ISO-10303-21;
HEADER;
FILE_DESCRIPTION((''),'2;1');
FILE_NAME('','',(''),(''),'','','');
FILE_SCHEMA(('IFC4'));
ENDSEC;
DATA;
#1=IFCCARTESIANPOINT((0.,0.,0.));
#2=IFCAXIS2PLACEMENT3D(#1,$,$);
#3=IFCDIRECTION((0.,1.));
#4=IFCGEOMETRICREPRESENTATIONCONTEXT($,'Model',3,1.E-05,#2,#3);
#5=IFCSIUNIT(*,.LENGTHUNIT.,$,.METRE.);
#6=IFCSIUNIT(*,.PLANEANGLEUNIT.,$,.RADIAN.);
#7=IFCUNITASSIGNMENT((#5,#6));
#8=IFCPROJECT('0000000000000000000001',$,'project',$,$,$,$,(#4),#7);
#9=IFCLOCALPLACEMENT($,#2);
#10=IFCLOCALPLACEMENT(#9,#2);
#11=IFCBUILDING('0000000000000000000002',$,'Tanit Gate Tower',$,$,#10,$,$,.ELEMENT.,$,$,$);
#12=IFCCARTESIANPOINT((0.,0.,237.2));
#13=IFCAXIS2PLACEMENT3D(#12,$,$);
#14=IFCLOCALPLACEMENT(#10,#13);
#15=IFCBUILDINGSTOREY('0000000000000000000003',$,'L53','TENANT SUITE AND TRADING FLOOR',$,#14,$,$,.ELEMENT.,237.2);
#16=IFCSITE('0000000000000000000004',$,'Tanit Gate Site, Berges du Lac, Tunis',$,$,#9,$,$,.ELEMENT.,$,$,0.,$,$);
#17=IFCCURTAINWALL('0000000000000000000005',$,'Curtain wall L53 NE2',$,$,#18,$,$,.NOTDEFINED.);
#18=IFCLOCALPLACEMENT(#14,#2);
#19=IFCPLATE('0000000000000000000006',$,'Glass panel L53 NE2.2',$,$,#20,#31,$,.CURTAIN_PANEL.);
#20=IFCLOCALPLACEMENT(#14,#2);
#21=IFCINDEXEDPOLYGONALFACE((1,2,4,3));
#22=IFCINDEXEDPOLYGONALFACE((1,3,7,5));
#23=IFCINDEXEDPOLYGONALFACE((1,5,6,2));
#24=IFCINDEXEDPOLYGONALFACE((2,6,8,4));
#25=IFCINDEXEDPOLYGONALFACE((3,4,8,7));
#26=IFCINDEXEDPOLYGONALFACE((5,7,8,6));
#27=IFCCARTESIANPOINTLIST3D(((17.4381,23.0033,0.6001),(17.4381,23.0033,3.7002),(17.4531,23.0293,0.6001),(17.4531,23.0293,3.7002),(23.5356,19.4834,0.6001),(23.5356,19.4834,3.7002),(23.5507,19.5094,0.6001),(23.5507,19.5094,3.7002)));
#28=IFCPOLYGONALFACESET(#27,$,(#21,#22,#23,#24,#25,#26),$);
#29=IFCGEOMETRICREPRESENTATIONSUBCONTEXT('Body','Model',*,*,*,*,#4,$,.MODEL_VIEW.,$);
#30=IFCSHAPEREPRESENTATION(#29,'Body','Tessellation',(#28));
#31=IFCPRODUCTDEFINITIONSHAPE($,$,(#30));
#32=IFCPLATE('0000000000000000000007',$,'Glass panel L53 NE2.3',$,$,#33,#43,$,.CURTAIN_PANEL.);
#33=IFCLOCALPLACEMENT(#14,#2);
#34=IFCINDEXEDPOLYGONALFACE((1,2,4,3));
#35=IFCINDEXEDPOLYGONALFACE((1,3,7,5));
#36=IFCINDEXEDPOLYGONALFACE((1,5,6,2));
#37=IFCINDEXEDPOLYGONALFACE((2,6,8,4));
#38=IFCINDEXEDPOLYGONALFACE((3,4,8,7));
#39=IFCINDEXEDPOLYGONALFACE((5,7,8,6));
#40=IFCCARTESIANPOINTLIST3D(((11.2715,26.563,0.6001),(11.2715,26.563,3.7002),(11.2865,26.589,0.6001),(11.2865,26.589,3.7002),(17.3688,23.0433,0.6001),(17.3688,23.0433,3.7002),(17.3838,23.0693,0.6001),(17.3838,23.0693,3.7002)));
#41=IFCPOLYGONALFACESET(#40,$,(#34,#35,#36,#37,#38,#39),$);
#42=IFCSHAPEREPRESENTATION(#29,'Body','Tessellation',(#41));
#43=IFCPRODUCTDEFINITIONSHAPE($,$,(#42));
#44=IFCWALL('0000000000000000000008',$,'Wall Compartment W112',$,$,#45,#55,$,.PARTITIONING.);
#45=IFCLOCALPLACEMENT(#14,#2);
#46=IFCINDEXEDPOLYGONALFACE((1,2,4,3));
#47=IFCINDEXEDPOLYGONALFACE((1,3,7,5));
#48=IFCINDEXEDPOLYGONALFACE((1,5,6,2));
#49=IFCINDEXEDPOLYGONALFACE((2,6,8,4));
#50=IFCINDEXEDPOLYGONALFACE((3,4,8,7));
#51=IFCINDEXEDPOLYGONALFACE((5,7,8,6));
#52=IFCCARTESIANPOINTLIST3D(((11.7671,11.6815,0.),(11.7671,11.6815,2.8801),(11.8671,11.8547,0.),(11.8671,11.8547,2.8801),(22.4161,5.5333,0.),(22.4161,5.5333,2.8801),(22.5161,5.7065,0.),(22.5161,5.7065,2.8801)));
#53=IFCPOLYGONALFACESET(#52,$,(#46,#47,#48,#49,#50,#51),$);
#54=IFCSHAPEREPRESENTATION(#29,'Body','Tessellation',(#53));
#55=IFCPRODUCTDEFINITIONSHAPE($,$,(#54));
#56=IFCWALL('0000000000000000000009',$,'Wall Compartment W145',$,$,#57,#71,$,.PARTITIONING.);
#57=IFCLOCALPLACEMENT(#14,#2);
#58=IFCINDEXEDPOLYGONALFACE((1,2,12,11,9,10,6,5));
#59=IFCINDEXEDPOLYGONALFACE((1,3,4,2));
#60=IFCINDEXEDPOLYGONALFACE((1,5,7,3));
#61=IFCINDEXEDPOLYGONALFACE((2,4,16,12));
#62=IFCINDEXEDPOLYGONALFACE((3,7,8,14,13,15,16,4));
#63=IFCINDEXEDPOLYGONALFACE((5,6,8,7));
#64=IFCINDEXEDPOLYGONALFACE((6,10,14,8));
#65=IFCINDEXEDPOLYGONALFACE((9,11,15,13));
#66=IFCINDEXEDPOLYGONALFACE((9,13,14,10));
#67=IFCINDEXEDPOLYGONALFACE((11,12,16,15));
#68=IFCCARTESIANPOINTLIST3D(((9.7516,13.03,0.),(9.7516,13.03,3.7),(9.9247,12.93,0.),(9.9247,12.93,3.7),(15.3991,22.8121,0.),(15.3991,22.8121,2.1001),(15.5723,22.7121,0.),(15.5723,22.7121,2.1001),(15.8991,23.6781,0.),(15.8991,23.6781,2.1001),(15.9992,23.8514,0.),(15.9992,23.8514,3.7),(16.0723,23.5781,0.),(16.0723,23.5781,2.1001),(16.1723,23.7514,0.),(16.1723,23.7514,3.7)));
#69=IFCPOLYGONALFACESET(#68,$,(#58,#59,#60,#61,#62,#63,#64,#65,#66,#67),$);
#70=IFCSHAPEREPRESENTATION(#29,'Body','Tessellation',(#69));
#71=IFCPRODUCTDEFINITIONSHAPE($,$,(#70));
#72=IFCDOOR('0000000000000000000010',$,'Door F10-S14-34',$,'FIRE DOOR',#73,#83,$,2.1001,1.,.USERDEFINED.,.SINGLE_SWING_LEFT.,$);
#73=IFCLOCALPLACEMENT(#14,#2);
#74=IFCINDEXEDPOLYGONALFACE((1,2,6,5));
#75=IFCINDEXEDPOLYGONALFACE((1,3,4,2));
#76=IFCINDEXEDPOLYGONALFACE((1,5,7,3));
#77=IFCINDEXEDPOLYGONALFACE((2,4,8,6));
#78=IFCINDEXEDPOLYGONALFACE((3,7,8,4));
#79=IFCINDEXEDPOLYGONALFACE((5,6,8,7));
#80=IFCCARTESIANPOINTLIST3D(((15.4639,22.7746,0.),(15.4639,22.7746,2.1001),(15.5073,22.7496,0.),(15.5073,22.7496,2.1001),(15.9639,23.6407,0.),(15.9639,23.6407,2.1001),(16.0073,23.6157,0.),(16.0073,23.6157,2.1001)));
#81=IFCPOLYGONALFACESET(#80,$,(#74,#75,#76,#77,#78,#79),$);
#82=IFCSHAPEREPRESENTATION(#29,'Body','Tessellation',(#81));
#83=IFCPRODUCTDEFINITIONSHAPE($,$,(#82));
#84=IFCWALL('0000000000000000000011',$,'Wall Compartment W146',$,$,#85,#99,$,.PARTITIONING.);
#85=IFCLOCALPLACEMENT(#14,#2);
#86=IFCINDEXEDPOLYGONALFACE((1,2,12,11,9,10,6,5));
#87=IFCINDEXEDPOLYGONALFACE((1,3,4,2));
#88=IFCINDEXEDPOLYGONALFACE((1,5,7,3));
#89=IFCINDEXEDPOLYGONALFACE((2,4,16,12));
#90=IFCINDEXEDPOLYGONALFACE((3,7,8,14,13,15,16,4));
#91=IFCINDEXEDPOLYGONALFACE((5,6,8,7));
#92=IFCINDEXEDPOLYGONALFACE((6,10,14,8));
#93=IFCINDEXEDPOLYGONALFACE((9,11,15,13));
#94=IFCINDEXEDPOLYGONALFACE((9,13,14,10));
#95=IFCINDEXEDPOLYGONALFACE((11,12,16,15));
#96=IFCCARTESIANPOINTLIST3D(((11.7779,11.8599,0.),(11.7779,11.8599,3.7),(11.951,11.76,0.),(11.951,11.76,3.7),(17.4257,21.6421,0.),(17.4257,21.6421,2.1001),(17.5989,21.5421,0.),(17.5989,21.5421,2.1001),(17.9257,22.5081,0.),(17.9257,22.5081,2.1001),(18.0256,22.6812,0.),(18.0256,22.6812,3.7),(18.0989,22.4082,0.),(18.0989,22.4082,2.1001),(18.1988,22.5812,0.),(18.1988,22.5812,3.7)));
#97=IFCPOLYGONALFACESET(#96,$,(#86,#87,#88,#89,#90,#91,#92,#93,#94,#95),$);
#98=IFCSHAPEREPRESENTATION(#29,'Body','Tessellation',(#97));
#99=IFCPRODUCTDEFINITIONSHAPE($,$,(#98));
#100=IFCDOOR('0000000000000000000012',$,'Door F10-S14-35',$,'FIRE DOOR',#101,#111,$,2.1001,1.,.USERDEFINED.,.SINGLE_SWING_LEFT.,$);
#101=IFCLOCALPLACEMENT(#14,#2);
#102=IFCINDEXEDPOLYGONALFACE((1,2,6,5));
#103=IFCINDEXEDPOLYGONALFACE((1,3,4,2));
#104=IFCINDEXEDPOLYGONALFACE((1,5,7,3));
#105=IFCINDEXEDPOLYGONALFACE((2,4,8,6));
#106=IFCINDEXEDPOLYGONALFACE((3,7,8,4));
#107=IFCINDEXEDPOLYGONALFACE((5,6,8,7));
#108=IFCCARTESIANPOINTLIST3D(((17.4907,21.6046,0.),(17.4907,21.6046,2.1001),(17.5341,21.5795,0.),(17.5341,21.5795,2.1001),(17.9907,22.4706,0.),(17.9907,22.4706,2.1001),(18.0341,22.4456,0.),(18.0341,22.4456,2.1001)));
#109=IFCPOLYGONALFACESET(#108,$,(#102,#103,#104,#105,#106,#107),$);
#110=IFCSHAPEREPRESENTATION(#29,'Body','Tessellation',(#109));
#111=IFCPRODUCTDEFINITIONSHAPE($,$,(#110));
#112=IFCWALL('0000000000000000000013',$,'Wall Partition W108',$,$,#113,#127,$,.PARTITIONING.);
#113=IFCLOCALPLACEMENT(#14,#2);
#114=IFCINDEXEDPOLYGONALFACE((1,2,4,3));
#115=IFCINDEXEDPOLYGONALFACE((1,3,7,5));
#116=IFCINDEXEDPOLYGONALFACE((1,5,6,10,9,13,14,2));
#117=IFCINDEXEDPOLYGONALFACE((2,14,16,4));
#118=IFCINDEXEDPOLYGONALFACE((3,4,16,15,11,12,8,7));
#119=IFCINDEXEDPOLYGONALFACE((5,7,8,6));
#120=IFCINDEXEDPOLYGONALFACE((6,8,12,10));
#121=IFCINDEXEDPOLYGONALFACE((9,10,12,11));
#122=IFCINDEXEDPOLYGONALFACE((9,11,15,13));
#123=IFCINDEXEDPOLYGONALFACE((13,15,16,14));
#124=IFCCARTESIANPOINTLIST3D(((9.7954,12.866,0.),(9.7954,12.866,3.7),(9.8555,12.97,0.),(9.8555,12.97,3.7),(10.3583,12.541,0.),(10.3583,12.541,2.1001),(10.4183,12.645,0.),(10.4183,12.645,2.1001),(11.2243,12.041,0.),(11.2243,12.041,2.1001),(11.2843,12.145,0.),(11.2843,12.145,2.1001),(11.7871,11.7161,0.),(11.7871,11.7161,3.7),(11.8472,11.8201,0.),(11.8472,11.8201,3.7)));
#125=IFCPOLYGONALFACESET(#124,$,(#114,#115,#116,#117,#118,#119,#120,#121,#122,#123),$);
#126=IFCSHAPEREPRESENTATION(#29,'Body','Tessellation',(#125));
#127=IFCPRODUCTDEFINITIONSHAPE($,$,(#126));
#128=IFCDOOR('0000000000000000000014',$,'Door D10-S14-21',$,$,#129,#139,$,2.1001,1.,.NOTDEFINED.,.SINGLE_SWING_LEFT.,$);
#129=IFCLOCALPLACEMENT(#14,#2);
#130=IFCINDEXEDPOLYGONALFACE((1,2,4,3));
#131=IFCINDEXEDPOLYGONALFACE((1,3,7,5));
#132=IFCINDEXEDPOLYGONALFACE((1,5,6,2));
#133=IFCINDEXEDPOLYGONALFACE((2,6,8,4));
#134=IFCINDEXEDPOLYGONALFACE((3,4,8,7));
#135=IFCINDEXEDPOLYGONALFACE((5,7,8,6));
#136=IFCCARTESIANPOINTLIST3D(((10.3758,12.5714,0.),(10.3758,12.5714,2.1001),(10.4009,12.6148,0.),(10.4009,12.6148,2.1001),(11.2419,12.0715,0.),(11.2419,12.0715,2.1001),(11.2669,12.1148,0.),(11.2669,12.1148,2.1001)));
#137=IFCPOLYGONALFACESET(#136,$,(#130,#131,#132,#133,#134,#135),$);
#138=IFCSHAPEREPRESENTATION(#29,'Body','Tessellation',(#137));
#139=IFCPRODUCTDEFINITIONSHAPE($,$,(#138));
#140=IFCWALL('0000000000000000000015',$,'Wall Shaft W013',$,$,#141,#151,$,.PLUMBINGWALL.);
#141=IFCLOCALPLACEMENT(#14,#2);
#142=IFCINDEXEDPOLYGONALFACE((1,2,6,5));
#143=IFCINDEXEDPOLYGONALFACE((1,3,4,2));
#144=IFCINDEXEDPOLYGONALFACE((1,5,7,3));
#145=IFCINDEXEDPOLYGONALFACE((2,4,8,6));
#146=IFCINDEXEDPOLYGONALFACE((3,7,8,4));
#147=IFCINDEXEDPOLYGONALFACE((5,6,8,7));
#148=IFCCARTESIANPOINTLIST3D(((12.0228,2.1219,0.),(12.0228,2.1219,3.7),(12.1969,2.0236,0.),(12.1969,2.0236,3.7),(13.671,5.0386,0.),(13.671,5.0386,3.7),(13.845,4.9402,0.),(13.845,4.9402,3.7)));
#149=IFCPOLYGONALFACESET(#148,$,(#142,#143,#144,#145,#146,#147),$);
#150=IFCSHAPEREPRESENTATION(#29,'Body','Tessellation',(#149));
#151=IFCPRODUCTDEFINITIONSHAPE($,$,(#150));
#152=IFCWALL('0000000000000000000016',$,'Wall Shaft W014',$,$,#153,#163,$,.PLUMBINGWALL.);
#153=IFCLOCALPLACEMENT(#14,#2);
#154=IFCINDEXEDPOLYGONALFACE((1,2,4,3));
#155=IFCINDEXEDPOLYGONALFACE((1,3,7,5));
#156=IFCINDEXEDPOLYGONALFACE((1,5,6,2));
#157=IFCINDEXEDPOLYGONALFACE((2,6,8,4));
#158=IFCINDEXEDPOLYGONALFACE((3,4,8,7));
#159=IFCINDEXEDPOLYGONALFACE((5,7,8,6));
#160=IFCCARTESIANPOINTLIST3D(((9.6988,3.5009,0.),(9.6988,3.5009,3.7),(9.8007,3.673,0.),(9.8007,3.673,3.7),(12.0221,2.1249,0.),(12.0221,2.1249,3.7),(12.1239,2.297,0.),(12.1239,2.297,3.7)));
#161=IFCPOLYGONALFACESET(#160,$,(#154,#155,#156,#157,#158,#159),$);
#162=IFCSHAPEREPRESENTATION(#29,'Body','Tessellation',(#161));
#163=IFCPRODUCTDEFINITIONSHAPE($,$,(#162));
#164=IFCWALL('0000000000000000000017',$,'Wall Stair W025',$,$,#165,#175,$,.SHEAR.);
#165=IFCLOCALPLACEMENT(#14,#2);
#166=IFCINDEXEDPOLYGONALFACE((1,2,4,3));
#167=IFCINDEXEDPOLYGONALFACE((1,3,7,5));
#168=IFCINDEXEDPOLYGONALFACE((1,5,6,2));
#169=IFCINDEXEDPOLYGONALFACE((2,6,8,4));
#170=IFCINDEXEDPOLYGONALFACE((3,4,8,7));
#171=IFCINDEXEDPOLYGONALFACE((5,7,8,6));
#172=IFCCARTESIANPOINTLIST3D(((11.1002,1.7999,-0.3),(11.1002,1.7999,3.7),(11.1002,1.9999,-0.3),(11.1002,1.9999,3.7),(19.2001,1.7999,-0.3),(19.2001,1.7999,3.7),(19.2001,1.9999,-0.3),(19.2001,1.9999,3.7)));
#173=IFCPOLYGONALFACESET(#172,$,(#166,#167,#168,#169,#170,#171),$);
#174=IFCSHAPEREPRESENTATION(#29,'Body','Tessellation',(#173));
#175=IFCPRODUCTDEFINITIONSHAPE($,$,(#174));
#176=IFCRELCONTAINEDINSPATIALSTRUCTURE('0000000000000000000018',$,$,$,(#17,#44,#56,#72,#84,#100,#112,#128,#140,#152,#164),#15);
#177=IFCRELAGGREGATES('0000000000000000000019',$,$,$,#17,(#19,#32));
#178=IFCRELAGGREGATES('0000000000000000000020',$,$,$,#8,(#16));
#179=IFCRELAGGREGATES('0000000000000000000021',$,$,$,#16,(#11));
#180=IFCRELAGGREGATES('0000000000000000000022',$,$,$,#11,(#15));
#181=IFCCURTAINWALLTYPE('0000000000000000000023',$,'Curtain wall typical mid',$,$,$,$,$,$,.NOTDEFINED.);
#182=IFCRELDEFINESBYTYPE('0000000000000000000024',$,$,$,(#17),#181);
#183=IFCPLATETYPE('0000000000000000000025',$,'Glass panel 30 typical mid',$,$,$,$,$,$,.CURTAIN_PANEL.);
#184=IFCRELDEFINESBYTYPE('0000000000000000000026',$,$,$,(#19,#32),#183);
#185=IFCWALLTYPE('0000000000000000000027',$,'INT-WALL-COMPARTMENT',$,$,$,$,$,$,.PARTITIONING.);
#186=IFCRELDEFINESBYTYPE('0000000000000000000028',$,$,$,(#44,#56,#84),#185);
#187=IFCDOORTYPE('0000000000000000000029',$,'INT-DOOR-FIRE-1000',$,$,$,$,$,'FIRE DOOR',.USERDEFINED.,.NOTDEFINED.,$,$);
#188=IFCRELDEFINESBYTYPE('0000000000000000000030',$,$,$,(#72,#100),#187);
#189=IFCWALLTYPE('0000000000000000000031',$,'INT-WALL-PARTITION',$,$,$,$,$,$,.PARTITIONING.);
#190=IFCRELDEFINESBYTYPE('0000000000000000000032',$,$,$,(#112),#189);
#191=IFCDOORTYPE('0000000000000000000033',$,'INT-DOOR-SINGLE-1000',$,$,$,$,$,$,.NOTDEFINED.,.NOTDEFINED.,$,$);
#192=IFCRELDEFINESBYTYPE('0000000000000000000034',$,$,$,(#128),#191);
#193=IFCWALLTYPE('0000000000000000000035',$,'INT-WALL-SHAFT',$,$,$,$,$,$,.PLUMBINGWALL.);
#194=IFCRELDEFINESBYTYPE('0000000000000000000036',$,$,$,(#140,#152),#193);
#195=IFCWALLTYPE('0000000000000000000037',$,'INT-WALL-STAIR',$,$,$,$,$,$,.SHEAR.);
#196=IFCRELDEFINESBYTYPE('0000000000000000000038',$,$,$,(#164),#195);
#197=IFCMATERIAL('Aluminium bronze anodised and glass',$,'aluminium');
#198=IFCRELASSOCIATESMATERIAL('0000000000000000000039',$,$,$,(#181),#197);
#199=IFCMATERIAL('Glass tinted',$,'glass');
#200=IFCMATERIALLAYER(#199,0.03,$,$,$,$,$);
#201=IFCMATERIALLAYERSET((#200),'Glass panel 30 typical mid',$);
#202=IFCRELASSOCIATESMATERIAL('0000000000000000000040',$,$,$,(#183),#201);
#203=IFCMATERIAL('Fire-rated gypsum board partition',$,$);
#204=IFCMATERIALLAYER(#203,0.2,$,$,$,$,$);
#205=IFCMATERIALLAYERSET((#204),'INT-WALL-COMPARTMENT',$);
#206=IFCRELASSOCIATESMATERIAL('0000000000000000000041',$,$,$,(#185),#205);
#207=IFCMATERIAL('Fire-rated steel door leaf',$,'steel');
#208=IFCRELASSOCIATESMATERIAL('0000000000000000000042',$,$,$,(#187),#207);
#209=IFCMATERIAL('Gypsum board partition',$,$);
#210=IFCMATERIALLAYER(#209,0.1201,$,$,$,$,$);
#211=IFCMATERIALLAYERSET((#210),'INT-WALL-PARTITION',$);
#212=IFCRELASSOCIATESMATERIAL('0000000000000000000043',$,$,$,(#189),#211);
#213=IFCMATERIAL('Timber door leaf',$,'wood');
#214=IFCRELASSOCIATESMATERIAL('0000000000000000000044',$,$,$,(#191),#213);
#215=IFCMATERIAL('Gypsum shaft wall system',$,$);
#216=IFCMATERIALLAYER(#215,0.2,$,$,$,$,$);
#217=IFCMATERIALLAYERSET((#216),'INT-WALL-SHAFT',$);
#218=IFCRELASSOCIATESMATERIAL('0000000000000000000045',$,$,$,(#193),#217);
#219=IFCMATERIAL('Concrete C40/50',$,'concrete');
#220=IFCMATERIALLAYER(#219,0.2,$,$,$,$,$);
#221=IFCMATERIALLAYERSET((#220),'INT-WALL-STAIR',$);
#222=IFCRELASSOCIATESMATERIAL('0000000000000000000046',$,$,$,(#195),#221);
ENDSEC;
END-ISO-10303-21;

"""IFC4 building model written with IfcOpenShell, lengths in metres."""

from ifc_helpers import new_model, si_unit, direction, frame, frame_2d, origin, origin_2d, place, context, subcontext, project, spatial, rectangle, extrude, material, layer, layer_set, type_object, element, fill, aggregate, save


model = new_model("IFC4")

# Units and contexts
model_context = context("Model", 3, precision=1e-05, world=origin(), true_north=direction((0.0, 1.0)))
body_context = subcontext(model_context, "Body", "Model", "MODEL_VIEW")
ifc_project = project(units=[si_unit("LENGTHUNIT", "METRE"), si_unit("PLANEANGLEUNIT", "RADIAN")], contexts=[model_context])

# Site, building, storey
site_placement = place(None, origin())
site = spatial("IfcSite", under=ifc_project, at=site_placement, Name="Tanit Gate Site, Berges du Lac, Tunis", CompositionType="ELEMENT", RefElevation=0.0)
building_placement = place(site_placement, origin())
building = spatial("IfcBuilding", under=site, at=building_placement, Name="Tanit Gate Tower", CompositionType="ELEMENT")
storey_placement = place(building_placement, frame((0.0, 0.0, 237.2)))
storey = spatial("IfcBuildingStorey", under=building, at=storey_placement, Name="L53", Description="TENANT SUITE AND TRADING FLOOR", CompositionType="ELEMENT", Elevation=237.2)

# Curtain wall
ifc_material_1 = material(Name="Aluminium bronze anodised and glass", Category="aluminium")
curtain_wall_type = type_object("IfcCurtainWallType", Name="Curtain wall typical mid", PredefinedType="NOTDEFINED", material=ifc_material_1)
curtain_wall_placement = place(storey_placement, origin())
curtain_wall = element("IfcCurtainWall", 1, at=curtain_wall_placement, inside=storey, type_object=curtain_wall_type, Name="Curtain wall L53 NE2", PredefinedType="NOTDEFINED")

# Plates
ifc_material_2 = material(Name="Glass tinted", Category="glass")
ifc_layer_1 = layer(ifc_material_2, 0.03)
ifc_layer_set_1 = layer_set([ifc_layer_1], Name="Glass panel 30 typical mid")
plate_type = type_object("IfcPlateType", Name="Glass panel 30 typical mid", PredefinedType="CURTAIN_PANEL", material=ifc_layer_set_1)
plate_1_placement = place(storey_placement, frame((20.4944, 21.2563, 0.6001), z_axis=(0.0, 0.0, 1.0), x_axis=(-0.86606, 0.49994, 0.0)))
plate_1 = element("IfcPlate", 2, at=plate_1_placement, type_object=plate_type, Name="Glass panel L53 NE2.2", PredefinedType="CURTAIN_PANEL", context=body_context, shape_type="SweptSolid", body=[
    extrude(rectangle(XDim=7.0405, YDim=0.03, at=origin_2d()), origin(), (0.0, 0.0, 1.0), 3.1001),
])
plate_2_placement = place(storey_placement, frame((14.3276, 24.8162, 0.6001), z_axis=(0.0, 0.0, 1.0), x_axis=(-0.86606, 0.49994, 0.0)))
plate_2 = element("IfcPlate", 3, at=plate_2_placement, type_object=plate_type, Name="Glass panel L53 NE2.3", PredefinedType="CURTAIN_PANEL", context=body_context, shape_type="SweptSolid", body=[
    extrude(rectangle(XDim=7.0403, YDim=0.03, at=origin_2d()), origin(), (0.0, 0.0, 1.0), 3.1001),
])
aggregate(curtain_wall, [plate_1, plate_2])

# Wall
ifc_material_3 = material(Name="Fire-rated gypsum board partition")
ifc_layer_2 = layer(ifc_material_3, 0.2)
ifc_layer_set_2 = layer_set([ifc_layer_2], Name="INT-WALL-COMPARTMENT")
wall_type_1 = type_object("IfcWallType", Name="INT-WALL-COMPARTMENT", PredefinedType="PARTITIONING", material=ifc_layer_set_2)
wall_1_placement = place(storey_placement, frame((22.4661, 5.6199, 0.0), z_axis=(0.0, 0.0, 1.0), x_axis=(-0.866024, 0.500002, 0.0)))
element("IfcWall", 4, at=wall_1_placement, inside=storey, type_object=wall_type_1, Name="Wall Compartment W112", PredefinedType="PARTITIONING", context=body_context, shape_type="SweptSolid", body=[
    extrude(rectangle(XDim=12.2964, YDim=0.2, at=frame_2d((6.1482, 0.0))), origin(), (0.0, 0.0, 1.0), 2.8801),
])

# Walls, openings, doors
wall_2_placement = place(storey_placement, frame((16.0857, 23.8013, 0.0), z_axis=(0.0, 0.0, 1.0), x_axis=(-0.499993, -0.866029, 0.0)))
wall_2 = element("IfcWall", 5, at=wall_2_placement, inside=storey, type_object=wall_type_1, Name="Wall Compartment W145", PredefinedType="PARTITIONING", context=body_context, shape_type="SweptSolid", body=[
    extrude(rectangle(XDim=12.4954, YDim=0.2, at=frame_2d((6.2476, 0.0))), origin(), (0.0, 0.0, 1.0), 3.7),
])
opening_1_placement = place(wall_2_placement, frame((0.2, 0.0, 0.0)))
opening_1 = element("IfcOpeningElement", 6, at=opening_1_placement, cuts=wall_2, PredefinedType="OPENING", context=body_context, shape_type="SweptSolid", body=[
    extrude(rectangle(XDim=1.0, YDim=2.1001, at=frame_2d((0.5, 1.05))), frame((0.0, 0.1099, 0.0), z_axis=(0.0, -1.0, 0.0), x_axis=(1.0, 0.0, 0.0)), (0.0, 0.0, 1.0), 0.22),
])
ifc_material_4 = material(Name="Fire-rated steel door leaf", Category="steel")
door_type_1 = type_object("IfcDoorType", Name="INT-DOOR-FIRE-1000", ElementType="FIRE DOOR", OperationType="NOTDEFINED", PredefinedType="USERDEFINED", material=ifc_material_4)
door_1_placement = place(opening_1_placement, origin())
door_1 = element("IfcDoor", 7, at=door_1_placement, inside=storey, type_object=door_type_1, Name="Door F10-S14-34", ObjectType="FIRE DOOR", OperationType="SINGLE_SWING_LEFT", OverallHeight=2.1001, OverallWidth=1.0, PredefinedType="USERDEFINED", context=body_context, shape_type="SweptSolid", body=[
    extrude(rectangle(XDim=1.0, YDim=2.1001, at=frame_2d((0.5, 1.05))), frame((0.0, 0.0249, 0.0), z_axis=(0.0, -1.0, 0.0), x_axis=(1.0, 0.0, 0.0)), (0.0, 0.0, 1.0), 0.05),
])
fill(opening_1, door_1)
wall_3_placement = place(storey_placement, frame((11.8645, 11.8101, 0.0), z_axis=(0.0, 0.0, 1.0), x_axis=(0.500008, 0.866021, 0.0)))
wall_3 = element("IfcWall", 8, at=wall_3_placement, inside=storey, type_object=wall_type_1, Name="Wall Compartment W146", PredefinedType="PARTITIONING", context=body_context, shape_type="SweptSolid", body=[
    extrude(rectangle(XDim=12.4954, YDim=0.2, at=frame_2d((6.2476, 0.0))), origin(), (0.0, 0.0, 1.0), 3.7),
])
opening_2_placement = place(wall_3_placement, frame((11.2954, 0.0, 0.0)))
opening_2 = element("IfcOpeningElement", 9, at=opening_2_placement, cuts=wall_3, PredefinedType="OPENING", context=body_context, shape_type="SweptSolid", body=[
    extrude(rectangle(XDim=1.0, YDim=2.1001, at=frame_2d((0.5, 1.05))), frame((0.0, 0.1099, 0.0), z_axis=(0.0, -1.0, 0.0), x_axis=(1.0, 0.0, 0.0)), (0.0, 0.0, 1.0), 0.22),
])
door_2_placement = place(opening_2_placement, origin())
door_2 = element("IfcDoor", 10, at=door_2_placement, inside=storey, type_object=door_type_1, Name="Door F10-S14-35", ObjectType="FIRE DOOR", OperationType="SINGLE_SWING_LEFT", OverallHeight=2.1001, OverallWidth=1.0, PredefinedType="USERDEFINED", context=body_context, shape_type="SweptSolid", body=[
    extrude(rectangle(XDim=1.0, YDim=2.1001, at=frame_2d((0.5, 1.05))), frame((0.0, 0.0249, 0.0), z_axis=(0.0, -1.0, 0.0), x_axis=(1.0, 0.0, 0.0)), (0.0, 0.0, 1.0), 0.05),
])
fill(opening_2, door_2)
ifc_material_5 = material(Name="Gypsum board partition")
ifc_layer_3 = layer(ifc_material_5, 0.1201)
ifc_layer_set_3 = layer_set([ifc_layer_3], Name="INT-WALL-PARTITION")
wall_type_2 = type_object("IfcWallType", Name="INT-WALL-PARTITION", PredefinedType="PARTITIONING", material=ifc_layer_set_3)
wall_4_placement = place(storey_placement, frame((11.8171, 11.7681, 0.0), z_axis=(0.0, 0.0, 1.0), x_axis=(-0.866026, 0.499998, 0.0)))
wall_4 = element("IfcWall", 11, at=wall_4_placement, inside=storey, type_object=wall_type_2, Name="Wall Partition W108", PredefinedType="PARTITIONING", context=body_context, shape_type="SweptSolid", body=[
    extrude(rectangle(XDim=2.2998, YDim=0.1201, at=frame_2d((1.1499, 0.0))), origin(), (0.0, 0.0, 1.0), 3.7),
])
opening_3_placement = place(wall_4_placement, frame((0.6499, 0.0, 0.0)))
opening_3 = element("IfcOpeningElement", 12, at=opening_3_placement, cuts=wall_4, PredefinedType="OPENING", context=body_context, shape_type="SweptSolid", body=[
    extrude(rectangle(XDim=1.0, YDim=2.1001, at=frame_2d((0.5, 1.05))), frame((0.0, 0.0701, 0.0), z_axis=(0.0, -1.0, 0.0), x_axis=(1.0, 0.0, 0.0)), (0.0, 0.0, 1.0), 0.1401),
])
ifc_material_6 = material(Name="Timber door leaf", Category="wood")
door_type_2 = type_object("IfcDoorType", Name="INT-DOOR-SINGLE-1000", OperationType="NOTDEFINED", PredefinedType="NOTDEFINED", material=ifc_material_6)
door_3_placement = place(opening_3_placement, origin())
door_3 = element("IfcDoor", 13, at=door_3_placement, inside=storey, type_object=door_type_2, Name="Door D10-S14-21", OperationType="SINGLE_SWING_LEFT", OverallHeight=2.1001, OverallWidth=1.0, PredefinedType="NOTDEFINED", context=body_context, shape_type="SweptSolid", body=[
    extrude(rectangle(XDim=1.0, YDim=2.1001, at=frame_2d((0.5, 1.05))), frame((0.0, 0.0249, 0.0), z_axis=(0.0, -1.0, 0.0), x_axis=(1.0, 0.0, 0.0)), (0.0, 0.0, 1.0), 0.05),
])
fill(opening_3, door_3)

# Walls
ifc_material_7 = material(Name="Gypsum shaft wall system")
ifc_layer_4 = layer(ifc_material_7, 0.2)
ifc_layer_set_4 = layer_set([ifc_layer_4], Name="INT-WALL-SHAFT")
wall_type_3 = type_object("IfcWallType", Name="INT-WALL-SHAFT", PredefinedType="PLUMBINGWALL", material=ifc_layer_set_4)
wall_5_placement = place(storey_placement, frame((12.1099, 2.0728, 0.0), z_axis=(0.0, 0.0, 1.0), x_axis=(0.491966, 0.870614, 0.0)))
element("IfcWall", 14, at=wall_5_placement, inside=storey, type_object=wall_type_3, Name="Wall Shaft W013", PredefinedType="PLUMBINGWALL", context=body_context, shape_type="SweptSolid", body=[
    extrude(rectangle(XDim=3.3501, YDim=0.2, at=frame_2d((1.675, 0.0))), origin(), (0.0, 0.0, 1.0), 3.7),
])
wall_6_placement = place(storey_placement, frame((12.073, 2.2109, 0.0), z_axis=(0.0, 0.0, 1.0), x_axis=(-0.860415, 0.509594, 0.0)))
element("IfcWall", 15, at=wall_6_placement, inside=storey, type_object=wall_type_3, Name="Wall Shaft W014", PredefinedType="PLUMBINGWALL", context=body_context, shape_type="SweptSolid", body=[
    extrude(rectangle(XDim=2.7002, YDim=0.2, at=frame_2d((1.3501, 0.0))), origin(), (0.0, 0.0, 1.0), 3.7),
])
ifc_material_8 = material(Name="Concrete C40/50", Category="concrete")
ifc_layer_5 = layer(ifc_material_8, 0.2)
ifc_layer_set_5 = layer_set([ifc_layer_5], Name="INT-WALL-STAIR")
wall_type_4 = type_object("IfcWallType", Name="INT-WALL-STAIR", PredefinedType="SHEAR", material=ifc_layer_set_5)
wall_7_placement = place(storey_placement, frame((19.2, 1.8999, -0.3), z_axis=(0.0, 0.0, 1.0), x_axis=(-1.0, 0.0, 0.0)))
element("IfcWall", 16, at=wall_7_placement, inside=storey, type_object=wall_type_4, Name="Wall Stair W025", PredefinedType="SHEAR", context=body_context, shape_type="SweptSolid", body=[
    extrude(rectangle(XDim=8.0999, YDim=0.2, at=frame_2d((4.0498, 0.0))), origin(), (0.0, 0.0, 1.0), 4.0),
])

save(model, "model.ifc")
